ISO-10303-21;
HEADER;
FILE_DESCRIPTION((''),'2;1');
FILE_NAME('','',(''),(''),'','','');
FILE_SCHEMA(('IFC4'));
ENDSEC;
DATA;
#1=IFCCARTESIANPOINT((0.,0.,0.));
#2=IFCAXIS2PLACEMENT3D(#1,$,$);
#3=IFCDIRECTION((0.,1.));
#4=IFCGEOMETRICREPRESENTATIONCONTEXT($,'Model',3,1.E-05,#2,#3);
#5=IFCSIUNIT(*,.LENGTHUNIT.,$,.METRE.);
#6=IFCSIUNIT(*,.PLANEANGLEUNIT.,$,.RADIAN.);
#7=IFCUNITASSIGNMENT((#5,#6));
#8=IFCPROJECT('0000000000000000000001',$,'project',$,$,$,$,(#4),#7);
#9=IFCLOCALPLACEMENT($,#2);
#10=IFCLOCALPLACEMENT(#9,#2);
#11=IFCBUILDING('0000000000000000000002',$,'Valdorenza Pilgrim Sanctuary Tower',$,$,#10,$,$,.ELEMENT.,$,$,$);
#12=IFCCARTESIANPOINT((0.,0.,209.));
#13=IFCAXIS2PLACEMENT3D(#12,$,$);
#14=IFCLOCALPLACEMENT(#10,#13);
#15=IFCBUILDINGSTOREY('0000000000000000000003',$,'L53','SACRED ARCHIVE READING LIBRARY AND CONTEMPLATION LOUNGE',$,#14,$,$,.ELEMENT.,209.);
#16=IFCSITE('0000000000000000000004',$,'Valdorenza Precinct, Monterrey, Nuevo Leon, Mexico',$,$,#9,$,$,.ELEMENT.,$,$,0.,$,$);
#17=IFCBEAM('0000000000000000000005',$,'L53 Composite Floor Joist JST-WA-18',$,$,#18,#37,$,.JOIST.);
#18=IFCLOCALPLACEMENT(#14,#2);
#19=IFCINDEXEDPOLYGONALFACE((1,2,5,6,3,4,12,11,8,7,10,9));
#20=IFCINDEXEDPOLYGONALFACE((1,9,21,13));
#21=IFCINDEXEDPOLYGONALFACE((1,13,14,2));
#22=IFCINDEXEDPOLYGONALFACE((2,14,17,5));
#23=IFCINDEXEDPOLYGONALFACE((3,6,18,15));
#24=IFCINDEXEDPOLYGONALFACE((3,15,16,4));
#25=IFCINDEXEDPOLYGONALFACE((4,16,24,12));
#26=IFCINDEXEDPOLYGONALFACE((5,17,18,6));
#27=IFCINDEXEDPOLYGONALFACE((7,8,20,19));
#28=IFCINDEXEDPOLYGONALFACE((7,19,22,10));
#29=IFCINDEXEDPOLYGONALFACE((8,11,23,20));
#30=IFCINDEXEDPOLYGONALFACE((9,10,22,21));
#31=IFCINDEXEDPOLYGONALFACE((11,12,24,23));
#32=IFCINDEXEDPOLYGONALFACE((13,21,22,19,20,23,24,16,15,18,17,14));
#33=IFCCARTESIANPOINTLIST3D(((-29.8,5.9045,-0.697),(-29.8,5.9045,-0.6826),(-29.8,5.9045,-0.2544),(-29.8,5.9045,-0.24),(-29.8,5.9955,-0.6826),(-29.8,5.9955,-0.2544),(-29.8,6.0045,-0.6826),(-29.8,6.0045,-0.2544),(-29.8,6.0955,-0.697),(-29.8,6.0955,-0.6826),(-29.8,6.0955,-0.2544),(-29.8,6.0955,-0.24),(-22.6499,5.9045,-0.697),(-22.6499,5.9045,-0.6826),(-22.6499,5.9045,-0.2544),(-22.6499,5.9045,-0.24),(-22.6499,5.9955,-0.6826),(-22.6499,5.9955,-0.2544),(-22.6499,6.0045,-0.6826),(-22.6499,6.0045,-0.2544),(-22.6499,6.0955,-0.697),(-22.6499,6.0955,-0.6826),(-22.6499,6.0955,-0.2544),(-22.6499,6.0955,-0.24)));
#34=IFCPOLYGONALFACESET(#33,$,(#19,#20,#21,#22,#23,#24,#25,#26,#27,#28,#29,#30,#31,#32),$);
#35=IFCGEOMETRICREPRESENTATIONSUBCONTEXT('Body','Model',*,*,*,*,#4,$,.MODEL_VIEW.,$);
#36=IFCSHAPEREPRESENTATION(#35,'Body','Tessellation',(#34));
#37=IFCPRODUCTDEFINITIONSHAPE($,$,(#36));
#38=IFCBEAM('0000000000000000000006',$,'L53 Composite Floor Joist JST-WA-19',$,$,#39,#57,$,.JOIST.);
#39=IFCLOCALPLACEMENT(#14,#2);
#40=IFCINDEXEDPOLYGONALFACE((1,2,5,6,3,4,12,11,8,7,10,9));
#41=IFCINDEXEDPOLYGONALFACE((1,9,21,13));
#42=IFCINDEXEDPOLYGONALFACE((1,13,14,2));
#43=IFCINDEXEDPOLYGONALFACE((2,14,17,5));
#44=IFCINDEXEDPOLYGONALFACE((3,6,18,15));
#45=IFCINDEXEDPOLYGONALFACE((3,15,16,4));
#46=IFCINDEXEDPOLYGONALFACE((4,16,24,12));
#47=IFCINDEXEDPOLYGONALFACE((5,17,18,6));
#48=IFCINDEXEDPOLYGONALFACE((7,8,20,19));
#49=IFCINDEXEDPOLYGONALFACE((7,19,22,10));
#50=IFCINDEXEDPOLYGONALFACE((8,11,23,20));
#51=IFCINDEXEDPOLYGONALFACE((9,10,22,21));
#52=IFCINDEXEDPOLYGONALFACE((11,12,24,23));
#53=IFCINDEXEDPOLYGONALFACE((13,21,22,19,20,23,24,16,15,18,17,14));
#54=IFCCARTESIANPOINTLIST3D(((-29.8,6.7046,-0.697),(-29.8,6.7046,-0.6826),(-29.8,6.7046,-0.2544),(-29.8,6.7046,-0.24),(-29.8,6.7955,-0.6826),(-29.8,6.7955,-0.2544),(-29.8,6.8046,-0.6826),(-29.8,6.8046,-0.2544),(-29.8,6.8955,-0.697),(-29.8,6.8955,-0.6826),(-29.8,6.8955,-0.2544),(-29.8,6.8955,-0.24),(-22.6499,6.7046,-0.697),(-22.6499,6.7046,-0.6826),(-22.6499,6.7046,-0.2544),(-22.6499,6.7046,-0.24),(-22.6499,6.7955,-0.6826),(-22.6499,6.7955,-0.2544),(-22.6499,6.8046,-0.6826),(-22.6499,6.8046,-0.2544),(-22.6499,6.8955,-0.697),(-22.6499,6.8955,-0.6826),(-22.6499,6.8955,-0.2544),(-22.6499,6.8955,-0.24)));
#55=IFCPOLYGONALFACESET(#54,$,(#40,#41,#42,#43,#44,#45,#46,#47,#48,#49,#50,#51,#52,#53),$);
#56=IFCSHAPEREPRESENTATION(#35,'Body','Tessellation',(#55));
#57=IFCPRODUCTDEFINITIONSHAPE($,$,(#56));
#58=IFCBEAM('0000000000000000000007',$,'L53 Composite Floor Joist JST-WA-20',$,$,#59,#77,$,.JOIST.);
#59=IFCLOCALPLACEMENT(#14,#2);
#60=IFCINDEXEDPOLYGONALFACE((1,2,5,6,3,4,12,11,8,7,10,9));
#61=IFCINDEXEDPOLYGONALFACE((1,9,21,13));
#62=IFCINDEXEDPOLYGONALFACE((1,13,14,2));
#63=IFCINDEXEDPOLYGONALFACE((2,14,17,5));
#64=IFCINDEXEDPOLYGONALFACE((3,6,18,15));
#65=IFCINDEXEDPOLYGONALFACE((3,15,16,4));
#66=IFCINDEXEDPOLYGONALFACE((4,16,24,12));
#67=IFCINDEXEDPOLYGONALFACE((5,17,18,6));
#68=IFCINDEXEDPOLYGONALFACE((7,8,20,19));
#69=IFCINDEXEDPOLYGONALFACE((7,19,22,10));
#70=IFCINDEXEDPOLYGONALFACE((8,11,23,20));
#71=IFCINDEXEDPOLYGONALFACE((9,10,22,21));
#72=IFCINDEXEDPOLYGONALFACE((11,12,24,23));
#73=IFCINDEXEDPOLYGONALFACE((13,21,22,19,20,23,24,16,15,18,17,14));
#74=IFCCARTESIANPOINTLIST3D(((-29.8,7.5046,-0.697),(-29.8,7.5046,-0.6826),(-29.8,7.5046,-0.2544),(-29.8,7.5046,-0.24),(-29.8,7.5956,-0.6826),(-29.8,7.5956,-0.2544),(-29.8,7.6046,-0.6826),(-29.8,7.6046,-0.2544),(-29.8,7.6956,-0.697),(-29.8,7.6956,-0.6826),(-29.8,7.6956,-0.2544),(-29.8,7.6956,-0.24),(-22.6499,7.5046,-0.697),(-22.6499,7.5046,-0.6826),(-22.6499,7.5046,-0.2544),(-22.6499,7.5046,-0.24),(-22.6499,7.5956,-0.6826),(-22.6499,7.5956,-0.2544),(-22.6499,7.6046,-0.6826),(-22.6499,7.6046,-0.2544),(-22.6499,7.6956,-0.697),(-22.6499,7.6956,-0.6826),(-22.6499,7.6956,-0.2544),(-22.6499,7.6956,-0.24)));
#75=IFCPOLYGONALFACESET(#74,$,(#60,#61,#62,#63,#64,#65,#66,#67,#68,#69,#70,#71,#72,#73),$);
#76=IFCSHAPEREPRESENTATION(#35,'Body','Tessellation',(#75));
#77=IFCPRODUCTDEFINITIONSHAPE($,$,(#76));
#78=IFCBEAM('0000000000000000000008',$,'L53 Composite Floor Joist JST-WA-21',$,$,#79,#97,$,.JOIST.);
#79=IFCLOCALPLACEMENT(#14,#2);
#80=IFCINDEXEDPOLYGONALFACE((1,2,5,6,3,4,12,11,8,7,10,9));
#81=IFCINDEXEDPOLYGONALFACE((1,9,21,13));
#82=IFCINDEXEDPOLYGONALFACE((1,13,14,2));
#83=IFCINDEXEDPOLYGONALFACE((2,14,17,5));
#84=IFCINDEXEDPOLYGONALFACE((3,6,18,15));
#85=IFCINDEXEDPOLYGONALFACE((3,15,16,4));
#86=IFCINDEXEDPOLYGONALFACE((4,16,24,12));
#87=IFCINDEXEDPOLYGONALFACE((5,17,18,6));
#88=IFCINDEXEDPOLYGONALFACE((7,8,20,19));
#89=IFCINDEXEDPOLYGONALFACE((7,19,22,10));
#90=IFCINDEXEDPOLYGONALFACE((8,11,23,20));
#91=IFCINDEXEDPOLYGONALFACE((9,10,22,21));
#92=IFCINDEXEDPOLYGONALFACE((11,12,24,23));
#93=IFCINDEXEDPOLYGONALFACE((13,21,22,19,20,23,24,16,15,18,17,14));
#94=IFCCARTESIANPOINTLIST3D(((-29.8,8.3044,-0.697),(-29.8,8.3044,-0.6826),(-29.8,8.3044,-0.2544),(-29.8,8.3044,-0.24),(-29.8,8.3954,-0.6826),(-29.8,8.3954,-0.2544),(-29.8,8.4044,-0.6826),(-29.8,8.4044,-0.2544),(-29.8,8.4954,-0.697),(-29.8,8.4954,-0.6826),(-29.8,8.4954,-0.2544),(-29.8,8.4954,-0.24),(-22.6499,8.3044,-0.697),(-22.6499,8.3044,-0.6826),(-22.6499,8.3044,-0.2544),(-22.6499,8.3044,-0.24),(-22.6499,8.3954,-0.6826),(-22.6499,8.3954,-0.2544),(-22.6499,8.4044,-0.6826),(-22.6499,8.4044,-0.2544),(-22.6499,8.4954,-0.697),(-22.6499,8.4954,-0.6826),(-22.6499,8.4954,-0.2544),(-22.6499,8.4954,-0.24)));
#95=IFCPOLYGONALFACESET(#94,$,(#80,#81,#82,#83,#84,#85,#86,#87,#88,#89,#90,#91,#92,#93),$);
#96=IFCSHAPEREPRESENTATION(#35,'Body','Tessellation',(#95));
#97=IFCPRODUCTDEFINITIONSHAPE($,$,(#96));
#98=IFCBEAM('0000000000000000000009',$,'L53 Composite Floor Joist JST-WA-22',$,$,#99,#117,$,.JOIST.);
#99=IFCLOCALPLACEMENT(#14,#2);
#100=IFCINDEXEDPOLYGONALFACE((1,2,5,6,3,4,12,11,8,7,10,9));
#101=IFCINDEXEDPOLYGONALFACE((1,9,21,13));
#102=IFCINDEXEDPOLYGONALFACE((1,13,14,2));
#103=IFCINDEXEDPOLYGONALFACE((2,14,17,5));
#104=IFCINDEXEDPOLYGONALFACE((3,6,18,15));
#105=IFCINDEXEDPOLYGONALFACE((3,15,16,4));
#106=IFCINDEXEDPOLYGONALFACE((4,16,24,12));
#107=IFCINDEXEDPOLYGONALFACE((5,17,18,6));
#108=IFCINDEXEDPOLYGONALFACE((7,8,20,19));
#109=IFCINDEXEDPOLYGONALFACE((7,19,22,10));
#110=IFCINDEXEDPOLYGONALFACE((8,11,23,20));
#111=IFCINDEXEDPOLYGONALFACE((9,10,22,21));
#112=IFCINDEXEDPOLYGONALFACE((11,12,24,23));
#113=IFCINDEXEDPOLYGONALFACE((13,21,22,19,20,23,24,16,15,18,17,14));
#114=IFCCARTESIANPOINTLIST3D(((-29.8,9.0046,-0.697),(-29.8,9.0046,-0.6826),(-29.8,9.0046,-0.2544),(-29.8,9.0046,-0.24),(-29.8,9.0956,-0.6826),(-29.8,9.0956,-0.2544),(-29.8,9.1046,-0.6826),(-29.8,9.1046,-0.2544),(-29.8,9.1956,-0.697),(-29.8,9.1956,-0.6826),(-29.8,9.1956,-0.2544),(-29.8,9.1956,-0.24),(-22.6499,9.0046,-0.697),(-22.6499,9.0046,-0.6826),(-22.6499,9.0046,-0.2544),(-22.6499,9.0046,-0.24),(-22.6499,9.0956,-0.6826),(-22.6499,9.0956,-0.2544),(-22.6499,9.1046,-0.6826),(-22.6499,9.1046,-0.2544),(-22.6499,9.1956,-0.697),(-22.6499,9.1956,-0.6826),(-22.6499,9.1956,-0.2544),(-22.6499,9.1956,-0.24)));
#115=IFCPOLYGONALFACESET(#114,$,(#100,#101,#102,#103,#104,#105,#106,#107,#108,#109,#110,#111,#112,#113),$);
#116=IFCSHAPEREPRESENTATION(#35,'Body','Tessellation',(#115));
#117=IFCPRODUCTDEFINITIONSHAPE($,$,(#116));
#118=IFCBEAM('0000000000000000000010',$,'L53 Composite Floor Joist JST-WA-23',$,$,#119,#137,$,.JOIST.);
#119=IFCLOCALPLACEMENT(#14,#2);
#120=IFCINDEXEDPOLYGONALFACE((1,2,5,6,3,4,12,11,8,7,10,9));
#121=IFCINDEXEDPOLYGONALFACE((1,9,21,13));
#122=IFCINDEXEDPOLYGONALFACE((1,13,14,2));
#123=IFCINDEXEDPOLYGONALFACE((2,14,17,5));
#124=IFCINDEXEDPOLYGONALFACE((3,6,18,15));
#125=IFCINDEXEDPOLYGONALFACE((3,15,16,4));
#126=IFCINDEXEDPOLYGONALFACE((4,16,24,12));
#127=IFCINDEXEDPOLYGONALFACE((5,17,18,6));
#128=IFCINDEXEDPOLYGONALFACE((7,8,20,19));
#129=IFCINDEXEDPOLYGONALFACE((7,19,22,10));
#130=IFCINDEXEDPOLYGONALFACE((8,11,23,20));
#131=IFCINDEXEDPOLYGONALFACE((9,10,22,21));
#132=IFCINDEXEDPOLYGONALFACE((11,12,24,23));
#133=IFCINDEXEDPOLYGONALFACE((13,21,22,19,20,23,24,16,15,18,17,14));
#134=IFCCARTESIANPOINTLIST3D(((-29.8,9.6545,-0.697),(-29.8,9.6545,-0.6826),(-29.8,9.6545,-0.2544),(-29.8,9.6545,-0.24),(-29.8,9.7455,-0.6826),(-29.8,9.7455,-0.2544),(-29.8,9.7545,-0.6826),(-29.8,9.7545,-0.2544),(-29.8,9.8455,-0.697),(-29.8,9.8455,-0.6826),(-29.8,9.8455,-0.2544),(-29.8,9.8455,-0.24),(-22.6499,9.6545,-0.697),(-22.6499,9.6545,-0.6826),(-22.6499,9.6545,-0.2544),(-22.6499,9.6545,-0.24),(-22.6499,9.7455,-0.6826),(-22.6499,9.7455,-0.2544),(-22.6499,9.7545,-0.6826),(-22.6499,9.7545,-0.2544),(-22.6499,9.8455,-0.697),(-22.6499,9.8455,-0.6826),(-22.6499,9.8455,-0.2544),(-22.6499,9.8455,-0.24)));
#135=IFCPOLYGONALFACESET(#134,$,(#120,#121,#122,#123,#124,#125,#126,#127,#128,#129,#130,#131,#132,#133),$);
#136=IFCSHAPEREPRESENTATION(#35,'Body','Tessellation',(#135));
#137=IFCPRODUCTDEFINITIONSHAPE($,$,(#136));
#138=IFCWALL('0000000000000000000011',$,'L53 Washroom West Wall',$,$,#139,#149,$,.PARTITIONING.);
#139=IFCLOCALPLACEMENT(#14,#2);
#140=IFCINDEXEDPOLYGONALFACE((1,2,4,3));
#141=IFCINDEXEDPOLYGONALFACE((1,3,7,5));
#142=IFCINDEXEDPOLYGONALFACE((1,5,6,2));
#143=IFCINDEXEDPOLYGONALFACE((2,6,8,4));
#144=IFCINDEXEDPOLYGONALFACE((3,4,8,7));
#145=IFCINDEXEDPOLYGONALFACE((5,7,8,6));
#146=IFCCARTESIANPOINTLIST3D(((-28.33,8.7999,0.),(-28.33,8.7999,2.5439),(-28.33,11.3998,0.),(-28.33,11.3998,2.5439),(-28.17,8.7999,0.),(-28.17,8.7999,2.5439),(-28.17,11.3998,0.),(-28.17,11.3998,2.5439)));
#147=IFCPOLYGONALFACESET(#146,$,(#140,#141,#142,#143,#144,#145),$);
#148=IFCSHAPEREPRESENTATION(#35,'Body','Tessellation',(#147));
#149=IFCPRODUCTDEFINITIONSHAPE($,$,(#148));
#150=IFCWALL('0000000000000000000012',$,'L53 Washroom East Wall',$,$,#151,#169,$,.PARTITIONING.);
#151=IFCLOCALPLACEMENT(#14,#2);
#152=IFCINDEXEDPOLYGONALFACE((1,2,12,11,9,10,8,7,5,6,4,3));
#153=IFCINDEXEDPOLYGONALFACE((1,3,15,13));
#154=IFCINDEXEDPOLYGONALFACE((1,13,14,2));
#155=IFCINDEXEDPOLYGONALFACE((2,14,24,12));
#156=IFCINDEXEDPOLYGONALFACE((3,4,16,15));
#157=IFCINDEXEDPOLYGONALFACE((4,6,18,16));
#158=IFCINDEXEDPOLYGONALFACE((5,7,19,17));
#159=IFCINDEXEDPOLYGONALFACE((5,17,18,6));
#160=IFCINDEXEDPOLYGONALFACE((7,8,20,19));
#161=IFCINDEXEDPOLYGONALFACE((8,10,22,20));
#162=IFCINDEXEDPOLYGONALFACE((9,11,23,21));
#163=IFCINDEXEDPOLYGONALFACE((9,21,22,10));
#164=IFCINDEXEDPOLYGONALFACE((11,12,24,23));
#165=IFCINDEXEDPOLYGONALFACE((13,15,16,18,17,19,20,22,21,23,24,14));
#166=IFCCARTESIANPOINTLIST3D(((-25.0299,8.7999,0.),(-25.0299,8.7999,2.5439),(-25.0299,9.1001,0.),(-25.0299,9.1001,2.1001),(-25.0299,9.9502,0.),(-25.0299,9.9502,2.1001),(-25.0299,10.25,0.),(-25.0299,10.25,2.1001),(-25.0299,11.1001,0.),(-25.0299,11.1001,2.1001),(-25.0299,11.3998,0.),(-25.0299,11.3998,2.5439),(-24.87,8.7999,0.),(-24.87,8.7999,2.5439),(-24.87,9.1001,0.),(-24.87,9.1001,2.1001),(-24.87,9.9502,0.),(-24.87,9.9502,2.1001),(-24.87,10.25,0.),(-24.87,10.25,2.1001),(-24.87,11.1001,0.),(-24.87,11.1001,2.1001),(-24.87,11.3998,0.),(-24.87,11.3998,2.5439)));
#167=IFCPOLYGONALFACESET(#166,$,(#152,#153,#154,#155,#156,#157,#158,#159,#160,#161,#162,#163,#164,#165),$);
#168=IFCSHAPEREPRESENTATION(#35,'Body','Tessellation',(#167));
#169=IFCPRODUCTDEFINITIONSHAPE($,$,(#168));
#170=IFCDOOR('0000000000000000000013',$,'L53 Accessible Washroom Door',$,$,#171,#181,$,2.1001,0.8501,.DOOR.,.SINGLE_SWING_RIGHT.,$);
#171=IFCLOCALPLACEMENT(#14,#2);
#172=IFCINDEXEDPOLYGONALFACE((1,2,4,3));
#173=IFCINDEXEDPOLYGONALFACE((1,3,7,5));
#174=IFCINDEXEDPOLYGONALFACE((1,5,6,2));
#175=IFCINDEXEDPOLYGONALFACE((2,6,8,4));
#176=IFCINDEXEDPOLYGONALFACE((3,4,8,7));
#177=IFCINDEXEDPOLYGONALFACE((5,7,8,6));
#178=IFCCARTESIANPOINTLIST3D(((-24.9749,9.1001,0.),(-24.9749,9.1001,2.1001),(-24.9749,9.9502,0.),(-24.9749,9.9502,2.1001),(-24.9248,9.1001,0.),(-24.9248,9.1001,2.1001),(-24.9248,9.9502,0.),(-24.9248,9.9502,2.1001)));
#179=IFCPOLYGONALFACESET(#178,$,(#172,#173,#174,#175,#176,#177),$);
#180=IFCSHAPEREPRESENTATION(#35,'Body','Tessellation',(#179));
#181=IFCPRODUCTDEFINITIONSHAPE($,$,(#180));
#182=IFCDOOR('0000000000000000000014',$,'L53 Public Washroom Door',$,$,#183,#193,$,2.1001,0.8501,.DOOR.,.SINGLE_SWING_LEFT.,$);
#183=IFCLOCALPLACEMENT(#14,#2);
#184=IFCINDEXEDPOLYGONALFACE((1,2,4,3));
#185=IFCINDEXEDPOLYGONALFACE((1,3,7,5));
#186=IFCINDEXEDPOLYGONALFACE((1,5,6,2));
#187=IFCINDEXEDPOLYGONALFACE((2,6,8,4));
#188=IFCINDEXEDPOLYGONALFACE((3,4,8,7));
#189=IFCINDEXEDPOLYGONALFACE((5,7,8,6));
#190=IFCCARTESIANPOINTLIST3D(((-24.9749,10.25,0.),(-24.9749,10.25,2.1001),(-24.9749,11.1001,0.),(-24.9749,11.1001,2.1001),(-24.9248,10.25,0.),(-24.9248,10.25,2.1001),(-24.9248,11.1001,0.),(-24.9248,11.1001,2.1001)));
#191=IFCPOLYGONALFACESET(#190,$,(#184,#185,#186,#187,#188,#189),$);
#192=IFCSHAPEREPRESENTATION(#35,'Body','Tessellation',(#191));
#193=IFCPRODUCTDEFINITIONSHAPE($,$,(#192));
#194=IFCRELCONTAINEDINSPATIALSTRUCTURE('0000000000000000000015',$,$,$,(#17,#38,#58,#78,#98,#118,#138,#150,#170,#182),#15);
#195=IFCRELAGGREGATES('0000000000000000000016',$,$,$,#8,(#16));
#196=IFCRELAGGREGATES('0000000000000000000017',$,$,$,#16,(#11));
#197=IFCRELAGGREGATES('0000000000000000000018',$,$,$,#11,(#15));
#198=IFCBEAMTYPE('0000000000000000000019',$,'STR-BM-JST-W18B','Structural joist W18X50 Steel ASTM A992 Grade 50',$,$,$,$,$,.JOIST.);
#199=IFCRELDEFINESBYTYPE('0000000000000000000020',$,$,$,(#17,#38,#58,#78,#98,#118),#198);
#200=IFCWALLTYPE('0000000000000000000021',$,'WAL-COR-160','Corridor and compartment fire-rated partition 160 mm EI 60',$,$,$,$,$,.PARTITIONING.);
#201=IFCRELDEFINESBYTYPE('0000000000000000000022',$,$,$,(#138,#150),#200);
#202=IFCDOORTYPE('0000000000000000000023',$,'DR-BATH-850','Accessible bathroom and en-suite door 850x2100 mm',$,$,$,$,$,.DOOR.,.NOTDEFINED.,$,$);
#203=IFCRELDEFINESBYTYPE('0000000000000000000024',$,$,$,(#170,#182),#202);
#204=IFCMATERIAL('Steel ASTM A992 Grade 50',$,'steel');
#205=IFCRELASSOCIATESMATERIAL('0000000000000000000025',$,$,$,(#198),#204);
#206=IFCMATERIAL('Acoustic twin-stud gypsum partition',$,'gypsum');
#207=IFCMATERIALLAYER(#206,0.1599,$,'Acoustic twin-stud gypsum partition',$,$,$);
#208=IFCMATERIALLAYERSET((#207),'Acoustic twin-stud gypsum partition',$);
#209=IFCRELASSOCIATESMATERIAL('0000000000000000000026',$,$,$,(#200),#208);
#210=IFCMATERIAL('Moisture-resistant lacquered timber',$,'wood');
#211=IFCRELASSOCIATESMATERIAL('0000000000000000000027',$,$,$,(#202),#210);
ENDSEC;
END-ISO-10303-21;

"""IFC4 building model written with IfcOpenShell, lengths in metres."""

from ifc_helpers import new_model, si_unit, direction, frame, frame_2d, origin, origin_2d, place, context, subcontext, project, spatial, rectangle, i_section, extrude, source, transform, mapped, material, layer, layer_set, material_profile, profile_set, type_object, element, fill, save


model = new_model("IFC4")

# Units and contexts
model_context = context("Model", 3, precision=1e-05, world=origin(), true_north=direction((0.0, 1.0)))
body_context = subcontext(model_context, "Body", "Model", "MODEL_VIEW")
ifc_project = project(units=[si_unit("LENGTHUNIT", "METRE"), si_unit("PLANEANGLEUNIT", "RADIAN")], contexts=[model_context])

# Site, building, storey
site_placement = place(None, origin())
site = spatial("IfcSite", under=ifc_project, at=site_placement, Name="Valdorenza Precinct, Monterrey, Nuevo Leon, Mexico", CompositionType="ELEMENT", RefElevation=0.0)
building_placement = place(site_placement, origin())
building = spatial("IfcBuilding", under=site, at=building_placement, Name="Valdorenza Pilgrim Sanctuary Tower", CompositionType="ELEMENT")
storey_placement = place(building_placement, frame((0.0, 0.0, 209.0)))
storey = spatial("IfcBuildingStorey", under=building, at=storey_placement, Name="L53", Description="SACRED ARCHIVE READING LIBRARY AND CONTEMPLATION LOUNGE", CompositionType="ELEMENT", Elevation=209.0)

# Beams
ifc_material_1 = material(Name="Steel ASTM A992 Grade 50", Category="steel")
ifc_material_profile = material_profile(ifc_material_1, i_section(OverallWidth=0.1909, OverallDepth=0.457, WebThickness=0.009, FlangeThickness=0.0144, at=origin_2d()), Name="W18X50")
ifc_profile_set = profile_set([ifc_material_profile], Name="Steel ASTM A992 Grade 50")
beam_type = type_object("IfcBeamType", Name="STR-BM-JST-W18B", Description="Structural joist W18X50 Steel ASTM A992 Grade 50", PredefinedType="JOIST", material=ifc_profile_set)
shared_shape = source(origin(), body_context, "Body", "SweptSolid", [
    extrude(i_section(OverallWidth=0.1909, OverallDepth=0.457, WebThickness=0.009, FlangeThickness=0.0144, at=origin_2d()), origin(), (0.0, 0.0, 1.0), 7.1501),
])
for number, where, z_axis, x_axis, name in (
    (1, (-29.8, 6.0, -0.4685), (1.0, 0.0, 0.0), (0.0, 1.0, 0.0), "L53 Composite Floor Joist JST-WA-18"),
    (2, (-29.8, 6.8, -0.4685), (1.0, 0.0, 0.0), (0.0, 1.0, 0.0), "L53 Composite Floor Joist JST-WA-19"),
    (3, (-29.8, 7.6001, -0.4685), (1.0, 0.0, 0.0), (0.0, 1.0, 0.0), "L53 Composite Floor Joist JST-WA-20"),
    (4, (-29.8, 8.3999, -0.4685), (1.0, 0.0, 0.0), (0.0, 1.0, 0.0), "L53 Composite Floor Joist JST-WA-21"),
    (5, (-29.8, 9.1001, -0.4685), (1.0, 0.0, 0.0), (0.0, 1.0, 0.0), "L53 Composite Floor Joist JST-WA-22"),
    (6, (-29.8, 9.75, -0.4685), (1.0, 0.0, 0.0), (0.0, 1.0, 0.0), "L53 Composite Floor Joist JST-WA-23"),
):
    element("IfcBeam", number, at=place(storey_placement, frame(where, z_axis=z_axis, x_axis=x_axis)), inside=storey, type_object=beam_type, Name=name, PredefinedType="JOIST", context=body_context, shape_type="MappedRepresentation", body=[
        mapped(shared_shape, transform((0.0, 0.0, 0.0), x_axis=(1.0, 0.0, 0.0), y_axis=(0.0, 1.0, 0.0), z_axis=(0.0, 0.0, 1.0), scale=1.0)),
    ])

# Wall
ifc_material_2 = material(Name="Acoustic twin-stud gypsum partition", Category="gypsum")
ifc_layer_1 = layer(ifc_material_2, 0.1599, Name="Acoustic twin-stud gypsum partition")
ifc_layer_set_1 = layer_set([ifc_layer_1], Name="Acoustic twin-stud gypsum partition")
wall_type_1 = type_object("IfcWallType", Name="WAL-COR-160", Description="Corridor and compartment fire-rated partition 160 mm EI 60", PredefinedType="PARTITIONING", material=ifc_layer_set_1)
wall_1_placement = place(storey_placement, frame((-28.25, 8.8, 0.0), z_axis=(0.0, 0.0, 1.0), x_axis=(0.0, 1.0, 0.0)))
element("IfcWall", 7, at=wall_1_placement, inside=storey, type_object=wall_type_1, Name="L53 Washroom West Wall", PredefinedType="PARTITIONING", context=body_context, shape_type="SweptSolid", body=[
    extrude(rectangle(XDim=2.5999, YDim=0.1599, at=frame_2d((1.2998, 0.0))), origin(), (0.0, 0.0, 1.0), 2.5439),
])

# Wall, openings, doors
wall_2_placement = place(storey_placement, frame((-24.95, 8.8, 0.0), z_axis=(0.0, 0.0, 1.0), x_axis=(0.0, 1.0, 0.0)))
wall_2 = element("IfcWall", 8, at=wall_2_placement, inside=storey, type_object=wall_type_1, Name="L53 Washroom East Wall", PredefinedType="PARTITIONING", context=body_context, shape_type="SweptSolid", body=[
    extrude(rectangle(XDim=2.5999, YDim=0.1599, at=frame_2d((1.2998, 0.0))), origin(), (0.0, 0.0, 1.0), 2.5439),
])
opening_1_placement = place(wall_2_placement, frame((0.3, 0.0, 0.0)))
opening_1 = element("IfcOpeningElement", 9, at=opening_1_placement, cuts=wall_2, PredefinedType="OPENING", context=body_context, shape_type="SweptSolid", body=[
    extrude(rectangle(XDim=0.8501, YDim=2.1001, at=frame_2d((0.425, 1.05))), frame((0.0, 0.0947, 0.0), z_axis=(0.0, -1.0, 0.0), x_axis=(1.0, 0.0, 0.0)), (0.0, 0.0, 1.0), 0.1897),
])
opening_2_placement = place(wall_2_placement, frame((1.45, 0.0, 0.0)))
opening_2 = element("IfcOpeningElement", 10, at=opening_2_placement, cuts=wall_2, PredefinedType="OPENING", context=body_context, shape_type="SweptSolid", body=[
    extrude(rectangle(XDim=0.8501, YDim=2.1001, at=frame_2d((0.425, 1.05))), frame((0.0, 0.0947, 0.0), z_axis=(0.0, -1.0, 0.0), x_axis=(1.0, 0.0, 0.0)), (0.0, 0.0, 1.0), 0.1897),
])
ifc_material_3 = material(Name="Moisture-resistant lacquered timber", Category="wood")
door_type_1 = type_object("IfcDoorType", Name="DR-BATH-850", Description="Accessible bathroom and en-suite door 850x2100 mm", OperationType="NOTDEFINED", PredefinedType="DOOR", material=ifc_material_3)
door_1_placement = place(opening_1_placement, origin())
door_1 = element("IfcDoor", 11, at=door_1_placement, inside=storey, type_object=door_type_1, Name="L53 Accessible Washroom Door", OperationType="SINGLE_SWING_RIGHT", OverallHeight=2.1001, OverallWidth=0.8501, PredefinedType="DOOR", context=body_context, shape_type="SweptSolid", body=[
    extrude(rectangle(XDim=0.8501, YDim=2.1001, at=frame_2d((0.425, 1.05))), frame((0.0, 0.0249, 0.0), z_axis=(0.0, -1.0, 0.0), x_axis=(1.0, 0.0, 0.0)), (0.0, 0.0, 1.0), 0.05),
])
fill(opening_1, door_1)
door_2_placement = place(opening_2_placement, origin())
door_2 = element("IfcDoor", 12, at=door_2_placement, inside=storey, type_object=door_type_1, Name="L53 Public Washroom Door", OperationType="SINGLE_SWING_LEFT", OverallHeight=2.1001, OverallWidth=0.8501, PredefinedType="DOOR", context=body_context, shape_type="SweptSolid", body=[
    extrude(rectangle(XDim=0.8501, YDim=2.1001, at=frame_2d((0.425, 1.05))), frame((0.0, 0.0249, 0.0), z_axis=(0.0, -1.0, 0.0), x_axis=(1.0, 0.0, 0.0)), (0.0, 0.0, 1.0), 0.05),
])
fill(opening_2, door_2)

save(model, "model.ifc")
